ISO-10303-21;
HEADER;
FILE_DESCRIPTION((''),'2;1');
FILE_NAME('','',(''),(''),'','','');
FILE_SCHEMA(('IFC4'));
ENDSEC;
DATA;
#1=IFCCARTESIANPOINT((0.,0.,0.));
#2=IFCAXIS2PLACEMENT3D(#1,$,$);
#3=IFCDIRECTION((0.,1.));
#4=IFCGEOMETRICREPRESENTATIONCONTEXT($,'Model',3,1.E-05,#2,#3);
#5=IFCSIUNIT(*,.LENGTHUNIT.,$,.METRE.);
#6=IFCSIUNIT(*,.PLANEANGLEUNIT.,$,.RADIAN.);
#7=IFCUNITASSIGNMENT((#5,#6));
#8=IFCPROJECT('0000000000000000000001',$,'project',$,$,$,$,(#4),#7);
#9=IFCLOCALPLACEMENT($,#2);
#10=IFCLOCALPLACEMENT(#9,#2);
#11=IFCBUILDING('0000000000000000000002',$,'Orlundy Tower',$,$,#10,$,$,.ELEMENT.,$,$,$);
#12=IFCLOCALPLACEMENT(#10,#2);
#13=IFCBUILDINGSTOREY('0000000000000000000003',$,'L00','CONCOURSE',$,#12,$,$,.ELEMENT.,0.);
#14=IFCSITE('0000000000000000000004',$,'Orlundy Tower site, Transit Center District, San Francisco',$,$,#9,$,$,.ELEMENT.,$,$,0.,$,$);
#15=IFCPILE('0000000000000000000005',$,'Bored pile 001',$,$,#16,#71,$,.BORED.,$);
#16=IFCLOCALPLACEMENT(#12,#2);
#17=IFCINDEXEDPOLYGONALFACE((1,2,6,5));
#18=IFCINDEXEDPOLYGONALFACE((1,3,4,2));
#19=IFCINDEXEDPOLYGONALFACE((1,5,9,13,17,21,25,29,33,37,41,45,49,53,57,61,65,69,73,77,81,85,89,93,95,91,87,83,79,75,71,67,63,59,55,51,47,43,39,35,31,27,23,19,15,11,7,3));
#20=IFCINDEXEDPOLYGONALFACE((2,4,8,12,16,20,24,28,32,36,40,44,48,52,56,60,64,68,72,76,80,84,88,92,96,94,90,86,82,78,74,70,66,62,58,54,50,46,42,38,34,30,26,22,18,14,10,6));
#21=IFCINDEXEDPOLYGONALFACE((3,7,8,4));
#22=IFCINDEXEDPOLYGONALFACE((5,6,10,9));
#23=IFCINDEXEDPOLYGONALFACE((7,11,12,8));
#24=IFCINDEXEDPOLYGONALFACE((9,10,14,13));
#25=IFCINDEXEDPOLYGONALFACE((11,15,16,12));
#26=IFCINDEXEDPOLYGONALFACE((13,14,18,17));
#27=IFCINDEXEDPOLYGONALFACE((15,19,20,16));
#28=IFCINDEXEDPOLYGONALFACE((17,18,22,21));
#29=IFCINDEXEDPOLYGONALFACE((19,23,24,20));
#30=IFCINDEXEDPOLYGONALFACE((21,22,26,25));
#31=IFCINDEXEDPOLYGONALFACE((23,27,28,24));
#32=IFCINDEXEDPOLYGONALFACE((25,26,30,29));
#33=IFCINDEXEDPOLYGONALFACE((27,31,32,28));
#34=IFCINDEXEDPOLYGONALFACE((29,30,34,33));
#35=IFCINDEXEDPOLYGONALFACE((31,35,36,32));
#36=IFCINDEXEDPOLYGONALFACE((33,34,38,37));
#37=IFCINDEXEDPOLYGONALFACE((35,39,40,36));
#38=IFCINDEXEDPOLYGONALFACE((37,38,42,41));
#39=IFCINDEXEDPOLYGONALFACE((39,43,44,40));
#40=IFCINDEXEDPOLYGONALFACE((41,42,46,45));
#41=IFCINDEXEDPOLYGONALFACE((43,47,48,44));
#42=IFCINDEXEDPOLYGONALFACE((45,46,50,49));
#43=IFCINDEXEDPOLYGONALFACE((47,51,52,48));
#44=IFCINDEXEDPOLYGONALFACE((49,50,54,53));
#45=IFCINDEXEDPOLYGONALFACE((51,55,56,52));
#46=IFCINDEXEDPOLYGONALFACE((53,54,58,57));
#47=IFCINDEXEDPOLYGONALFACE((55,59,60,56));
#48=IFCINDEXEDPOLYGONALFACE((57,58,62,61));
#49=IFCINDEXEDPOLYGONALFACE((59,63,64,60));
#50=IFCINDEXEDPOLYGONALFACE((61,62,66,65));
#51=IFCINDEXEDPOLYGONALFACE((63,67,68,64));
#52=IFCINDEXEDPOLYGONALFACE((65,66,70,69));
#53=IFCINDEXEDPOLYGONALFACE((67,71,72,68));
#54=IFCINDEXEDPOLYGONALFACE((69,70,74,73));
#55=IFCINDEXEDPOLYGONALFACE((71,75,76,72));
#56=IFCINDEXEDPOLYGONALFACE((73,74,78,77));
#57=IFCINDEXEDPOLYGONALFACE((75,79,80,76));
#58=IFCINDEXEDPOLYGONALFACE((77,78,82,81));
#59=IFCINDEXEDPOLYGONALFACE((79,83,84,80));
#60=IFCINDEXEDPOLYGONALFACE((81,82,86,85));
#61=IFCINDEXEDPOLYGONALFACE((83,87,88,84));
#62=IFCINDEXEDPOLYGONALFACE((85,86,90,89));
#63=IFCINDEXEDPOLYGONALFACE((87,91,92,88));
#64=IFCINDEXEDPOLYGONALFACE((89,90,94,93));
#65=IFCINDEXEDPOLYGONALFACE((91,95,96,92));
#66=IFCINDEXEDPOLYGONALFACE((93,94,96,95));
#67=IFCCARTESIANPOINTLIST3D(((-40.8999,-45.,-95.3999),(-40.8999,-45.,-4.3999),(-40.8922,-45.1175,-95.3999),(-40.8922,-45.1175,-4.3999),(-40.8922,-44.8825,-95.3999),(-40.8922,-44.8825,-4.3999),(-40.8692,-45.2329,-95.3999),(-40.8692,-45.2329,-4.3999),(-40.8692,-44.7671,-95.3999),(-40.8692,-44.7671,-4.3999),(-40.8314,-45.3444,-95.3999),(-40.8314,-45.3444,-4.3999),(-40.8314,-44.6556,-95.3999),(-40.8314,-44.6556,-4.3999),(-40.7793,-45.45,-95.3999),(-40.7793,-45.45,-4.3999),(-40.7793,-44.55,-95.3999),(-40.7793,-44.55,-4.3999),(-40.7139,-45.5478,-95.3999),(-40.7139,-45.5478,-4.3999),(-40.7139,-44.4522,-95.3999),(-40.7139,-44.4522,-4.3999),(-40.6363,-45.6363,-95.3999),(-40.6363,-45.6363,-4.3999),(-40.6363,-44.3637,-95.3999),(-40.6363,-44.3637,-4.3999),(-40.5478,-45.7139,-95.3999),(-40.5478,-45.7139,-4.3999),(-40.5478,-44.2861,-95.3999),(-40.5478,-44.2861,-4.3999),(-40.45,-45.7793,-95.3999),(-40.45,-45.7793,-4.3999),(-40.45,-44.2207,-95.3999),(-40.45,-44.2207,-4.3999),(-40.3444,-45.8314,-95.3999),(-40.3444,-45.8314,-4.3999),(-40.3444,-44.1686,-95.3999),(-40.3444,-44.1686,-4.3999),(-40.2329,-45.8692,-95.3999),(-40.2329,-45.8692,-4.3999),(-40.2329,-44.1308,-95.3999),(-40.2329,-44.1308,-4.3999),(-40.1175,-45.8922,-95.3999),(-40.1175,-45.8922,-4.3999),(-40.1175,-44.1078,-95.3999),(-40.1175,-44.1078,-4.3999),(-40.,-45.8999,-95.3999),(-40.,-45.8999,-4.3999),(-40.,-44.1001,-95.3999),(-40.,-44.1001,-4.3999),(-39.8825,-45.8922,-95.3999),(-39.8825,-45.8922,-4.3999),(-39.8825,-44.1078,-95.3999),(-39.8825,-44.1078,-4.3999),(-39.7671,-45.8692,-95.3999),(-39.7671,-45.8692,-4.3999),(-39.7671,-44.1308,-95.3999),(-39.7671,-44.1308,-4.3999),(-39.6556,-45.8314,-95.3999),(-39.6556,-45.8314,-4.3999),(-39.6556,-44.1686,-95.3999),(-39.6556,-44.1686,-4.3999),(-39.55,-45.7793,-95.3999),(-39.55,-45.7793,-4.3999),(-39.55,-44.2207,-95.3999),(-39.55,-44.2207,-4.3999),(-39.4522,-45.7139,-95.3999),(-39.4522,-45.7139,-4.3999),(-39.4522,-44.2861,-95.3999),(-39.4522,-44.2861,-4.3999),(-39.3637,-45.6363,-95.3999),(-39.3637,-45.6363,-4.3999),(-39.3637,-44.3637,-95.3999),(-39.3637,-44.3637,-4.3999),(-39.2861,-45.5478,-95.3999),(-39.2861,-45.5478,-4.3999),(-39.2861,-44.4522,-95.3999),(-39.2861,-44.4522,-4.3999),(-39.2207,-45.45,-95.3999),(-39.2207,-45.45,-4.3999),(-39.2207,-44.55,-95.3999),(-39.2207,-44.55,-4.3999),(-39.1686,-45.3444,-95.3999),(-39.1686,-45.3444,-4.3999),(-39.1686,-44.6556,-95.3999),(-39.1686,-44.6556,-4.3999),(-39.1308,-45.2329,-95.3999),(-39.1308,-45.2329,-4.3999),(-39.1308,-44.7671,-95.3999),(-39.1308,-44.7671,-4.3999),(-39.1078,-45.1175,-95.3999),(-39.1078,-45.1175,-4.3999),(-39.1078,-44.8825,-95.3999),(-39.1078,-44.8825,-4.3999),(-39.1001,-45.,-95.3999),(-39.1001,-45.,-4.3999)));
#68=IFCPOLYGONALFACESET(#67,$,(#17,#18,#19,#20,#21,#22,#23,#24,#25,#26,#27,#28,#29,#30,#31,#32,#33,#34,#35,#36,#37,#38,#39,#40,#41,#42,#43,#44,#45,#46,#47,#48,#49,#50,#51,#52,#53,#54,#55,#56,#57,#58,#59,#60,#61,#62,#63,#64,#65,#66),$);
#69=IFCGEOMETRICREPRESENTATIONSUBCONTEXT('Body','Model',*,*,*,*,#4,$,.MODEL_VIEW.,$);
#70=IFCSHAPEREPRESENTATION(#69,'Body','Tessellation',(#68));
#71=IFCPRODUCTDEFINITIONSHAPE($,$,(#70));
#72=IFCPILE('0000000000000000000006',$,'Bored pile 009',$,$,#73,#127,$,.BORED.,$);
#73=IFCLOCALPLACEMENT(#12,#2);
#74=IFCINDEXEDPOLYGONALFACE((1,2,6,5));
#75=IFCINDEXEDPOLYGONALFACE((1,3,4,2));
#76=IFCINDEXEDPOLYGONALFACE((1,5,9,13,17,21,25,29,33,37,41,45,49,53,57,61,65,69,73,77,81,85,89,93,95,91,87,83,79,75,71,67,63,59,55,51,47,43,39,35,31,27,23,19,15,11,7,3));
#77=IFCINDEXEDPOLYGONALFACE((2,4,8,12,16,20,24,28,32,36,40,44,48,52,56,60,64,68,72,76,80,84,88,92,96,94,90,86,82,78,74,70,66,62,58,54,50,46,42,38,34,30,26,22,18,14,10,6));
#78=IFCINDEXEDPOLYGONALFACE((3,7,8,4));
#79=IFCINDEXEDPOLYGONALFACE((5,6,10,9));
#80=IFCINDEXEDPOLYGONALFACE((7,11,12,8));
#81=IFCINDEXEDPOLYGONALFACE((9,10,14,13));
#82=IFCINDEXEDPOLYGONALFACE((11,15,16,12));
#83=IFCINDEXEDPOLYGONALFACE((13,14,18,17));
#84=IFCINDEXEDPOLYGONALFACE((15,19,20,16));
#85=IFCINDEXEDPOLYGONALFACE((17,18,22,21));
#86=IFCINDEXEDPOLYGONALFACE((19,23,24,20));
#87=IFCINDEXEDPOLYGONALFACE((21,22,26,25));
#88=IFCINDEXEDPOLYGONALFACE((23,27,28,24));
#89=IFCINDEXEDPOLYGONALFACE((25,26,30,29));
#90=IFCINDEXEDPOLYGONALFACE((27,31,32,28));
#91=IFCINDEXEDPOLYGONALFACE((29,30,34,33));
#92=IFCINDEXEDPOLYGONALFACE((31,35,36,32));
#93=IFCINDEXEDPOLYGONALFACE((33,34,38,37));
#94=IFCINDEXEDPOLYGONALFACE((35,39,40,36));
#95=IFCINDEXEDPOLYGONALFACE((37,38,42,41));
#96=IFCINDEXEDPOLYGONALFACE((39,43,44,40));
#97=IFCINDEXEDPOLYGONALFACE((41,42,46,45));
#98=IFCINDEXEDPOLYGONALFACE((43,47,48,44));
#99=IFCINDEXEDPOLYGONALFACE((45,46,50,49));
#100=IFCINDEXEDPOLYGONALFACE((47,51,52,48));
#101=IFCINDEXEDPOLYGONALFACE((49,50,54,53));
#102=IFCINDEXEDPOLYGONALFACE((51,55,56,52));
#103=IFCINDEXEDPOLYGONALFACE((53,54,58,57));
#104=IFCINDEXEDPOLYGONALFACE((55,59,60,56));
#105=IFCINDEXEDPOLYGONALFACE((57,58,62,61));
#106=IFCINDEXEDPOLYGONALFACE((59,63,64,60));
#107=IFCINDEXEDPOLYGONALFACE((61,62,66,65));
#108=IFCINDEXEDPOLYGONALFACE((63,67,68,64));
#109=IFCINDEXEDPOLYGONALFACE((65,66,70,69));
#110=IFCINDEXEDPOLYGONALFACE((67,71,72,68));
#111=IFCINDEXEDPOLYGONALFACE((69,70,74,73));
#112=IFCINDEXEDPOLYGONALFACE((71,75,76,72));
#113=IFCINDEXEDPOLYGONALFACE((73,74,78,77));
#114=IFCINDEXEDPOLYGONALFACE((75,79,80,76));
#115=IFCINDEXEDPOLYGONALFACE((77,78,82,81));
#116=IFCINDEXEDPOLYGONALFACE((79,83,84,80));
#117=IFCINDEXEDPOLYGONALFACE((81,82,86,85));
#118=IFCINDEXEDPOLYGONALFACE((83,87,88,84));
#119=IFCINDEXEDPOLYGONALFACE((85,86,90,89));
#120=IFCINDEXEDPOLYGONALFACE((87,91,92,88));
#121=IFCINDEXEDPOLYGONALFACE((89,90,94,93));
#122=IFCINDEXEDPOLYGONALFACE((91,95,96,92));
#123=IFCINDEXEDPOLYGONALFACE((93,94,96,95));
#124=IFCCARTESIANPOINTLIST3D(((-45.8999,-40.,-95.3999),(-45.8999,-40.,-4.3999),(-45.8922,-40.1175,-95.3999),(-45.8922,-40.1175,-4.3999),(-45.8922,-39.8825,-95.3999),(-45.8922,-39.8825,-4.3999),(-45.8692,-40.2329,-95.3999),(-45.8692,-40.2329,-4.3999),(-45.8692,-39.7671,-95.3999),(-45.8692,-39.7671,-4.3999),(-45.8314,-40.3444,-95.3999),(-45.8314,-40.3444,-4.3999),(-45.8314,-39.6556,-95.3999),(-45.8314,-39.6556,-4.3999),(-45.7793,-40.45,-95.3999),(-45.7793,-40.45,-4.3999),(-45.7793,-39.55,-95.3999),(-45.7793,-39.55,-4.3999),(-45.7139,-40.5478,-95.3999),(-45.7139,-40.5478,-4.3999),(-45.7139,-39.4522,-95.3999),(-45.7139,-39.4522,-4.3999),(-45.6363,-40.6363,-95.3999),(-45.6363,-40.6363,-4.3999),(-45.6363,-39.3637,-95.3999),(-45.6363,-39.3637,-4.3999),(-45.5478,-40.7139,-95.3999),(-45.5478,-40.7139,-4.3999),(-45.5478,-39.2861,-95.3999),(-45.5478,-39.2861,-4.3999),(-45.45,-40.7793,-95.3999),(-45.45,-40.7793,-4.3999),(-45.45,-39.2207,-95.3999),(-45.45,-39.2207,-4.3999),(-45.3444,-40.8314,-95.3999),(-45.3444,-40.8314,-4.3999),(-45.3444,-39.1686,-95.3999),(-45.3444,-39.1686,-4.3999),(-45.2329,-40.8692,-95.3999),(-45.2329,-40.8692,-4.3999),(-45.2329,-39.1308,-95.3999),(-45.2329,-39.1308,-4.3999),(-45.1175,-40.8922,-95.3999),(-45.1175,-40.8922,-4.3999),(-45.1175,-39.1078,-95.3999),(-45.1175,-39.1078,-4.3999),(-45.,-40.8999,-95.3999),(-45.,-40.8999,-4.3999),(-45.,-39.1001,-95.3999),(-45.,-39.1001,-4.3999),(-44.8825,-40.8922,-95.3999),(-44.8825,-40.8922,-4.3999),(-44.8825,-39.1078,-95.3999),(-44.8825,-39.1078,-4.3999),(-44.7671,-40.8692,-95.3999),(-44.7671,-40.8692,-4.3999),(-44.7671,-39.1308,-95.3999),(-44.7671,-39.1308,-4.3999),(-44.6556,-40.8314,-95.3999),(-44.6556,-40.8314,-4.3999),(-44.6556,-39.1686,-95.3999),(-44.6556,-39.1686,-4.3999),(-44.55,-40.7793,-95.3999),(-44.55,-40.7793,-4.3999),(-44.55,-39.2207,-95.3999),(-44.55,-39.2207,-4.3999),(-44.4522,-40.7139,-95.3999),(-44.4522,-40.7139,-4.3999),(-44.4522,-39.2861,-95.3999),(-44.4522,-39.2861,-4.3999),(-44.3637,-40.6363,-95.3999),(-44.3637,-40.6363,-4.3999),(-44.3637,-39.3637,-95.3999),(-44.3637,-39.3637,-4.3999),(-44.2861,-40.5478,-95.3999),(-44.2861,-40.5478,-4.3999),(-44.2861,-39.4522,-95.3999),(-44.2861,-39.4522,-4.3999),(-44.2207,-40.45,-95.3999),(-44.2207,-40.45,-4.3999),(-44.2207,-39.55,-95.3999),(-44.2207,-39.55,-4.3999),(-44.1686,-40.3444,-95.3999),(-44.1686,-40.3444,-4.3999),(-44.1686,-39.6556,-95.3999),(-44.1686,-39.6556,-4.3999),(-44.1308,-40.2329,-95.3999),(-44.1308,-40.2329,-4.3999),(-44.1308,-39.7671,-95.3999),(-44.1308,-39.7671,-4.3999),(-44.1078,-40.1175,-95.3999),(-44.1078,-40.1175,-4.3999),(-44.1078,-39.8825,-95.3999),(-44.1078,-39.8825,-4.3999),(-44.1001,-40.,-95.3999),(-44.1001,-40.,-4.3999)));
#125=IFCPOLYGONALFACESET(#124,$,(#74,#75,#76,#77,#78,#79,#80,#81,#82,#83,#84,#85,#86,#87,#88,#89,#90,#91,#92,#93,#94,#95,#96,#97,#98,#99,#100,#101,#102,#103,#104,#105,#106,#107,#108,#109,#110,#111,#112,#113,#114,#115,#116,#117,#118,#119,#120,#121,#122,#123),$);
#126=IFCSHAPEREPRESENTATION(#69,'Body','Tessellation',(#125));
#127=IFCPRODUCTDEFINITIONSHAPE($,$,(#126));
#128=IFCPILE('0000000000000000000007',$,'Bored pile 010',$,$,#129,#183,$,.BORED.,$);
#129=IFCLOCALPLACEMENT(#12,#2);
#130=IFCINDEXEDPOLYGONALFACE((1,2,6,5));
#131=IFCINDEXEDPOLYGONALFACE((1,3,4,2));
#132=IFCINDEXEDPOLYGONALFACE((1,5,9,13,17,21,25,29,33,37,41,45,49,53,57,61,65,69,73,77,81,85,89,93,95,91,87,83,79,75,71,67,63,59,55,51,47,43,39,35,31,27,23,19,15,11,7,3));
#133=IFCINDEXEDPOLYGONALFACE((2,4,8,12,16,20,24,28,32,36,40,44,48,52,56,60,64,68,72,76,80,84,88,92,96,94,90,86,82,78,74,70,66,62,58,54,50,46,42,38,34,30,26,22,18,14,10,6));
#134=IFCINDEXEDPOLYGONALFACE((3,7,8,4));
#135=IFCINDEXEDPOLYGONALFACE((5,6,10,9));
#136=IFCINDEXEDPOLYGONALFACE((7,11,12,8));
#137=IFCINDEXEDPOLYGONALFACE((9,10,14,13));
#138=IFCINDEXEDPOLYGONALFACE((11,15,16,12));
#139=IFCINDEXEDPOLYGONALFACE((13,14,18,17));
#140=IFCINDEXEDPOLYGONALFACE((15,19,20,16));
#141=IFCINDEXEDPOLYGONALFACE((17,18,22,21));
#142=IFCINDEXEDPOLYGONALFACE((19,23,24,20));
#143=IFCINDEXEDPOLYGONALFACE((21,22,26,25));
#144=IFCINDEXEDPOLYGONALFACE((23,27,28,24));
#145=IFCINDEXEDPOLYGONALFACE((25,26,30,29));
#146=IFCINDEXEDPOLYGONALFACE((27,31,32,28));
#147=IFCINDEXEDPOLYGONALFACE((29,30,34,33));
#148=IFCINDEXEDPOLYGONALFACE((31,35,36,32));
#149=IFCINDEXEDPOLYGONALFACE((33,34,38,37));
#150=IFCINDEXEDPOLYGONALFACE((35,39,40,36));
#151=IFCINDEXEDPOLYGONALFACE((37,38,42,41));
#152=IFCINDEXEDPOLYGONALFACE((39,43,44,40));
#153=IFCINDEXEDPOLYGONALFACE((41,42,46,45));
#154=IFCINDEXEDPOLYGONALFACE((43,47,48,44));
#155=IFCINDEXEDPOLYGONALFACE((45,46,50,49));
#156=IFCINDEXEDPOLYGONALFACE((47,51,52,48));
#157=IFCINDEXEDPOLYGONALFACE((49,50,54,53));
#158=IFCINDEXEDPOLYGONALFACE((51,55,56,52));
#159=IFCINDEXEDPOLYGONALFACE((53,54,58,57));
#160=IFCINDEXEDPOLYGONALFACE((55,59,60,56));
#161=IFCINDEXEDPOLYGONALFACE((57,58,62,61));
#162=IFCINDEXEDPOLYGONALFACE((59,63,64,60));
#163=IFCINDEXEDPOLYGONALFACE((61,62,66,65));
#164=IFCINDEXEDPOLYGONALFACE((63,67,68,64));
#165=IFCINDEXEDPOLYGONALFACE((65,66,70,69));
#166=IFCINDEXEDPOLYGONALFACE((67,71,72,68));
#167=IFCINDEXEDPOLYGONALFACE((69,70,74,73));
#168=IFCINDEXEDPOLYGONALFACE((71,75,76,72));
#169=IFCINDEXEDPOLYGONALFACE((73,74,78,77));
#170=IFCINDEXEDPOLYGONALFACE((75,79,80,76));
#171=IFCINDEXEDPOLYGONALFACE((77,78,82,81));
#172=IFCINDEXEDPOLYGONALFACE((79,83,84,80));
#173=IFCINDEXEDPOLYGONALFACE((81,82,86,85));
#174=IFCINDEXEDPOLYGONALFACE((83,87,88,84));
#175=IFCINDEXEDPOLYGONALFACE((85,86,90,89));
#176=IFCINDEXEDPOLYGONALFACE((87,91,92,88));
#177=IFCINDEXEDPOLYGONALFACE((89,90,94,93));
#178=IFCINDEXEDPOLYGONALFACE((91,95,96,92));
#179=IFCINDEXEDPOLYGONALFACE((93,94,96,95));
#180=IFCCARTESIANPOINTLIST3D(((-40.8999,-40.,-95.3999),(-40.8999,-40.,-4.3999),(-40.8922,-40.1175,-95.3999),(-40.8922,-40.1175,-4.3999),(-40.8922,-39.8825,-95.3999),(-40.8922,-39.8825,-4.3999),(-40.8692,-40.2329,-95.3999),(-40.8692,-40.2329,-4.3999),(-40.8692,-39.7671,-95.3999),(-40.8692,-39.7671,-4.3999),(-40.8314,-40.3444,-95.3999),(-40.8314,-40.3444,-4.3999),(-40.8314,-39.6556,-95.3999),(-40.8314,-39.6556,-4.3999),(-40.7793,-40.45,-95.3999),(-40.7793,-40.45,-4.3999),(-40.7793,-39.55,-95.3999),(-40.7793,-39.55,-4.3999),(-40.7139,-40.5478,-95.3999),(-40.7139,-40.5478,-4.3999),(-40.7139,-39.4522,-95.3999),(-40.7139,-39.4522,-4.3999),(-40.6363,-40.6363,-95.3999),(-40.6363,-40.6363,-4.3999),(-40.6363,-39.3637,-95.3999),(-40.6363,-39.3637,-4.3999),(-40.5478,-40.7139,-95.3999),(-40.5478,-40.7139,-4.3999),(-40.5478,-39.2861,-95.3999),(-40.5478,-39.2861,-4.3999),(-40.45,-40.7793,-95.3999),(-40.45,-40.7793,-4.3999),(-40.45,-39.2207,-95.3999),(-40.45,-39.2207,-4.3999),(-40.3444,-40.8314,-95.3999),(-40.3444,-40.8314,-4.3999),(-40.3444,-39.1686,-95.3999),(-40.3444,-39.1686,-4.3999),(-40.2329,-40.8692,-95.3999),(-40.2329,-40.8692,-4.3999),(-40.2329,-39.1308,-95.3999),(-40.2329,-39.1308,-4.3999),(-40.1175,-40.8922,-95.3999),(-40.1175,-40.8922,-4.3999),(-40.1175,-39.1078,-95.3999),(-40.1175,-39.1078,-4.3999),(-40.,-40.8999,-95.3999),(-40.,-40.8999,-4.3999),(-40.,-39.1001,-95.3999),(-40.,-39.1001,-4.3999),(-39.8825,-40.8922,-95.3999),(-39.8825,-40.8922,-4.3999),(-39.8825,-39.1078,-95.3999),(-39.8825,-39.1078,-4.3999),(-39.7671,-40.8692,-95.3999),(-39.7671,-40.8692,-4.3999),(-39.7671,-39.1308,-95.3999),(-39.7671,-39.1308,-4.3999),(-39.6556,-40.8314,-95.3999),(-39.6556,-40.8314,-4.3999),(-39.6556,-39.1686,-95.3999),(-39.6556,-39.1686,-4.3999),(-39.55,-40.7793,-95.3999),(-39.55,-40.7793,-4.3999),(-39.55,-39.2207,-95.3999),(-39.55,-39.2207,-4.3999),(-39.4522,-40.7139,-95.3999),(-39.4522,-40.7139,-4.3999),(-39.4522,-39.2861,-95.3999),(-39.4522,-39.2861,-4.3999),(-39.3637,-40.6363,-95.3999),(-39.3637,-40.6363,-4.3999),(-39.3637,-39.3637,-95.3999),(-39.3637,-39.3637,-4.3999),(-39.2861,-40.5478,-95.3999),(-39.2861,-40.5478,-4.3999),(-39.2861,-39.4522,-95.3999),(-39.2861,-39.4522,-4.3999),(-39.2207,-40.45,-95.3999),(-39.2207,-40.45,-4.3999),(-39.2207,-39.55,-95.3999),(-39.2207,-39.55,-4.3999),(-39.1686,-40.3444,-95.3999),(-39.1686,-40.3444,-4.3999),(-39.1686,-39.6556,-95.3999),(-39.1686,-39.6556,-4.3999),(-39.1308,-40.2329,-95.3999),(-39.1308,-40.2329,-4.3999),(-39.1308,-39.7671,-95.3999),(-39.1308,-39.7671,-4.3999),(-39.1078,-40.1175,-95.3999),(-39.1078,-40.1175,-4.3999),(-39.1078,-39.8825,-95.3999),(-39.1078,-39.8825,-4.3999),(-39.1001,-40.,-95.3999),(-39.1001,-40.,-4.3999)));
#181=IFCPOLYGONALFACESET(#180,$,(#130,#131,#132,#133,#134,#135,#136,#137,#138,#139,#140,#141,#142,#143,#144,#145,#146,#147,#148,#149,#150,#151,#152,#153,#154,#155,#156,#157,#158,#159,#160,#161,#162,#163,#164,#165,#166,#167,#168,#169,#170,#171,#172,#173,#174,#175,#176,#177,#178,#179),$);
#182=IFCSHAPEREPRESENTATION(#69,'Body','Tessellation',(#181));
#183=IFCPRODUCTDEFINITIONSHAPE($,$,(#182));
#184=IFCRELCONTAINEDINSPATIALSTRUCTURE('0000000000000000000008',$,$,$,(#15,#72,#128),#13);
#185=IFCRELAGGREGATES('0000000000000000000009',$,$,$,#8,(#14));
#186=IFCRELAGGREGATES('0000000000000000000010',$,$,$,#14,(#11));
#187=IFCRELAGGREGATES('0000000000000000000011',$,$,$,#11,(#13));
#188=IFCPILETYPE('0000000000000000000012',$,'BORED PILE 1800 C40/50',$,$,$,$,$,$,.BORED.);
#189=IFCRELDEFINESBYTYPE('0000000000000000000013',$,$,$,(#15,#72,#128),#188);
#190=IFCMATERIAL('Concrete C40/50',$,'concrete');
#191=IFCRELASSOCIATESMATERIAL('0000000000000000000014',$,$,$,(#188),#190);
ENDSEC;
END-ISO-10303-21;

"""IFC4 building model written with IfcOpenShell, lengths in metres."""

from ifc_helpers import new_model, si_unit, direction, frame, origin, origin_2d, place, context, subcontext, project, spatial, circle, extrude, material, material_profile, profile_set, type_object, element, save


model = new_model("IFC4")

# Units and contexts
model_context = context("Model", 3, precision=1e-05, world=origin(), true_north=direction((0.0, 1.0)))
body_context = subcontext(model_context, "Body", "Model", "MODEL_VIEW")
ifc_project = project(units=[si_unit("LENGTHUNIT", "METRE"), si_unit("PLANEANGLEUNIT", "RADIAN")], contexts=[model_context])

# Site, building, storey
site_placement = place(None, origin())
site = spatial("IfcSite", under=ifc_project, at=site_placement, Name="Orlundy Tower site, Transit Center District, San Francisco", CompositionType="ELEMENT", RefElevation=0.0)
building_placement = place(site_placement, origin())
building = spatial("IfcBuilding", under=site, at=building_placement, Name="Orlundy Tower", CompositionType="ELEMENT")
storey_placement = place(building_placement, origin())
storey = spatial("IfcBuildingStorey", under=building, at=storey_placement, Name="L00", Description="CONCOURSE", CompositionType="ELEMENT", Elevation=0.0)

# Piles
ifc_material_1 = material(Name="Concrete C40/50", Category="concrete")
ifc_material_profile_1 = material_profile(ifc_material_1, circle(Radius=0.8999, at=origin_2d()), Name="BP1800")
ifc_profile_set_1 = profile_set([ifc_material_profile_1], Name="Concrete C40/50")
pile_type = type_object("IfcPileType", Name="BORED PILE 1800 C40/50", PredefinedType="BORED", material=ifc_profile_set_1)
for number, where, z_axis, x_axis, name in (
    (1, (-40.0, -45.0, -4.3999), (0.0, 0.0, -1.0), (1.0, 0.0, 0.0), "Bored pile 001"),
    (2, (-45.0, -40.0, -4.3999), (0.0, 0.0, -1.0), (1.0, 0.0, 0.0), "Bored pile 009"),
    (3, (-40.0, -40.0, -4.3999), (0.0, 0.0, -1.0), (1.0, 0.0, 0.0), "Bored pile 010"),
):
    element("IfcPile", number, at=place(storey_placement, frame(where, z_axis=z_axis, x_axis=x_axis)), inside=storey, type_object=pile_type, Name=name, PredefinedType="BORED", context=body_context, shape_type="SweptSolid", body=[
        extrude(circle(Radius=0.8999, at=origin_2d()), origin(), (0.0, 0.0, 1.0), 91.0),
    ])

save(model, "model.ifc")
